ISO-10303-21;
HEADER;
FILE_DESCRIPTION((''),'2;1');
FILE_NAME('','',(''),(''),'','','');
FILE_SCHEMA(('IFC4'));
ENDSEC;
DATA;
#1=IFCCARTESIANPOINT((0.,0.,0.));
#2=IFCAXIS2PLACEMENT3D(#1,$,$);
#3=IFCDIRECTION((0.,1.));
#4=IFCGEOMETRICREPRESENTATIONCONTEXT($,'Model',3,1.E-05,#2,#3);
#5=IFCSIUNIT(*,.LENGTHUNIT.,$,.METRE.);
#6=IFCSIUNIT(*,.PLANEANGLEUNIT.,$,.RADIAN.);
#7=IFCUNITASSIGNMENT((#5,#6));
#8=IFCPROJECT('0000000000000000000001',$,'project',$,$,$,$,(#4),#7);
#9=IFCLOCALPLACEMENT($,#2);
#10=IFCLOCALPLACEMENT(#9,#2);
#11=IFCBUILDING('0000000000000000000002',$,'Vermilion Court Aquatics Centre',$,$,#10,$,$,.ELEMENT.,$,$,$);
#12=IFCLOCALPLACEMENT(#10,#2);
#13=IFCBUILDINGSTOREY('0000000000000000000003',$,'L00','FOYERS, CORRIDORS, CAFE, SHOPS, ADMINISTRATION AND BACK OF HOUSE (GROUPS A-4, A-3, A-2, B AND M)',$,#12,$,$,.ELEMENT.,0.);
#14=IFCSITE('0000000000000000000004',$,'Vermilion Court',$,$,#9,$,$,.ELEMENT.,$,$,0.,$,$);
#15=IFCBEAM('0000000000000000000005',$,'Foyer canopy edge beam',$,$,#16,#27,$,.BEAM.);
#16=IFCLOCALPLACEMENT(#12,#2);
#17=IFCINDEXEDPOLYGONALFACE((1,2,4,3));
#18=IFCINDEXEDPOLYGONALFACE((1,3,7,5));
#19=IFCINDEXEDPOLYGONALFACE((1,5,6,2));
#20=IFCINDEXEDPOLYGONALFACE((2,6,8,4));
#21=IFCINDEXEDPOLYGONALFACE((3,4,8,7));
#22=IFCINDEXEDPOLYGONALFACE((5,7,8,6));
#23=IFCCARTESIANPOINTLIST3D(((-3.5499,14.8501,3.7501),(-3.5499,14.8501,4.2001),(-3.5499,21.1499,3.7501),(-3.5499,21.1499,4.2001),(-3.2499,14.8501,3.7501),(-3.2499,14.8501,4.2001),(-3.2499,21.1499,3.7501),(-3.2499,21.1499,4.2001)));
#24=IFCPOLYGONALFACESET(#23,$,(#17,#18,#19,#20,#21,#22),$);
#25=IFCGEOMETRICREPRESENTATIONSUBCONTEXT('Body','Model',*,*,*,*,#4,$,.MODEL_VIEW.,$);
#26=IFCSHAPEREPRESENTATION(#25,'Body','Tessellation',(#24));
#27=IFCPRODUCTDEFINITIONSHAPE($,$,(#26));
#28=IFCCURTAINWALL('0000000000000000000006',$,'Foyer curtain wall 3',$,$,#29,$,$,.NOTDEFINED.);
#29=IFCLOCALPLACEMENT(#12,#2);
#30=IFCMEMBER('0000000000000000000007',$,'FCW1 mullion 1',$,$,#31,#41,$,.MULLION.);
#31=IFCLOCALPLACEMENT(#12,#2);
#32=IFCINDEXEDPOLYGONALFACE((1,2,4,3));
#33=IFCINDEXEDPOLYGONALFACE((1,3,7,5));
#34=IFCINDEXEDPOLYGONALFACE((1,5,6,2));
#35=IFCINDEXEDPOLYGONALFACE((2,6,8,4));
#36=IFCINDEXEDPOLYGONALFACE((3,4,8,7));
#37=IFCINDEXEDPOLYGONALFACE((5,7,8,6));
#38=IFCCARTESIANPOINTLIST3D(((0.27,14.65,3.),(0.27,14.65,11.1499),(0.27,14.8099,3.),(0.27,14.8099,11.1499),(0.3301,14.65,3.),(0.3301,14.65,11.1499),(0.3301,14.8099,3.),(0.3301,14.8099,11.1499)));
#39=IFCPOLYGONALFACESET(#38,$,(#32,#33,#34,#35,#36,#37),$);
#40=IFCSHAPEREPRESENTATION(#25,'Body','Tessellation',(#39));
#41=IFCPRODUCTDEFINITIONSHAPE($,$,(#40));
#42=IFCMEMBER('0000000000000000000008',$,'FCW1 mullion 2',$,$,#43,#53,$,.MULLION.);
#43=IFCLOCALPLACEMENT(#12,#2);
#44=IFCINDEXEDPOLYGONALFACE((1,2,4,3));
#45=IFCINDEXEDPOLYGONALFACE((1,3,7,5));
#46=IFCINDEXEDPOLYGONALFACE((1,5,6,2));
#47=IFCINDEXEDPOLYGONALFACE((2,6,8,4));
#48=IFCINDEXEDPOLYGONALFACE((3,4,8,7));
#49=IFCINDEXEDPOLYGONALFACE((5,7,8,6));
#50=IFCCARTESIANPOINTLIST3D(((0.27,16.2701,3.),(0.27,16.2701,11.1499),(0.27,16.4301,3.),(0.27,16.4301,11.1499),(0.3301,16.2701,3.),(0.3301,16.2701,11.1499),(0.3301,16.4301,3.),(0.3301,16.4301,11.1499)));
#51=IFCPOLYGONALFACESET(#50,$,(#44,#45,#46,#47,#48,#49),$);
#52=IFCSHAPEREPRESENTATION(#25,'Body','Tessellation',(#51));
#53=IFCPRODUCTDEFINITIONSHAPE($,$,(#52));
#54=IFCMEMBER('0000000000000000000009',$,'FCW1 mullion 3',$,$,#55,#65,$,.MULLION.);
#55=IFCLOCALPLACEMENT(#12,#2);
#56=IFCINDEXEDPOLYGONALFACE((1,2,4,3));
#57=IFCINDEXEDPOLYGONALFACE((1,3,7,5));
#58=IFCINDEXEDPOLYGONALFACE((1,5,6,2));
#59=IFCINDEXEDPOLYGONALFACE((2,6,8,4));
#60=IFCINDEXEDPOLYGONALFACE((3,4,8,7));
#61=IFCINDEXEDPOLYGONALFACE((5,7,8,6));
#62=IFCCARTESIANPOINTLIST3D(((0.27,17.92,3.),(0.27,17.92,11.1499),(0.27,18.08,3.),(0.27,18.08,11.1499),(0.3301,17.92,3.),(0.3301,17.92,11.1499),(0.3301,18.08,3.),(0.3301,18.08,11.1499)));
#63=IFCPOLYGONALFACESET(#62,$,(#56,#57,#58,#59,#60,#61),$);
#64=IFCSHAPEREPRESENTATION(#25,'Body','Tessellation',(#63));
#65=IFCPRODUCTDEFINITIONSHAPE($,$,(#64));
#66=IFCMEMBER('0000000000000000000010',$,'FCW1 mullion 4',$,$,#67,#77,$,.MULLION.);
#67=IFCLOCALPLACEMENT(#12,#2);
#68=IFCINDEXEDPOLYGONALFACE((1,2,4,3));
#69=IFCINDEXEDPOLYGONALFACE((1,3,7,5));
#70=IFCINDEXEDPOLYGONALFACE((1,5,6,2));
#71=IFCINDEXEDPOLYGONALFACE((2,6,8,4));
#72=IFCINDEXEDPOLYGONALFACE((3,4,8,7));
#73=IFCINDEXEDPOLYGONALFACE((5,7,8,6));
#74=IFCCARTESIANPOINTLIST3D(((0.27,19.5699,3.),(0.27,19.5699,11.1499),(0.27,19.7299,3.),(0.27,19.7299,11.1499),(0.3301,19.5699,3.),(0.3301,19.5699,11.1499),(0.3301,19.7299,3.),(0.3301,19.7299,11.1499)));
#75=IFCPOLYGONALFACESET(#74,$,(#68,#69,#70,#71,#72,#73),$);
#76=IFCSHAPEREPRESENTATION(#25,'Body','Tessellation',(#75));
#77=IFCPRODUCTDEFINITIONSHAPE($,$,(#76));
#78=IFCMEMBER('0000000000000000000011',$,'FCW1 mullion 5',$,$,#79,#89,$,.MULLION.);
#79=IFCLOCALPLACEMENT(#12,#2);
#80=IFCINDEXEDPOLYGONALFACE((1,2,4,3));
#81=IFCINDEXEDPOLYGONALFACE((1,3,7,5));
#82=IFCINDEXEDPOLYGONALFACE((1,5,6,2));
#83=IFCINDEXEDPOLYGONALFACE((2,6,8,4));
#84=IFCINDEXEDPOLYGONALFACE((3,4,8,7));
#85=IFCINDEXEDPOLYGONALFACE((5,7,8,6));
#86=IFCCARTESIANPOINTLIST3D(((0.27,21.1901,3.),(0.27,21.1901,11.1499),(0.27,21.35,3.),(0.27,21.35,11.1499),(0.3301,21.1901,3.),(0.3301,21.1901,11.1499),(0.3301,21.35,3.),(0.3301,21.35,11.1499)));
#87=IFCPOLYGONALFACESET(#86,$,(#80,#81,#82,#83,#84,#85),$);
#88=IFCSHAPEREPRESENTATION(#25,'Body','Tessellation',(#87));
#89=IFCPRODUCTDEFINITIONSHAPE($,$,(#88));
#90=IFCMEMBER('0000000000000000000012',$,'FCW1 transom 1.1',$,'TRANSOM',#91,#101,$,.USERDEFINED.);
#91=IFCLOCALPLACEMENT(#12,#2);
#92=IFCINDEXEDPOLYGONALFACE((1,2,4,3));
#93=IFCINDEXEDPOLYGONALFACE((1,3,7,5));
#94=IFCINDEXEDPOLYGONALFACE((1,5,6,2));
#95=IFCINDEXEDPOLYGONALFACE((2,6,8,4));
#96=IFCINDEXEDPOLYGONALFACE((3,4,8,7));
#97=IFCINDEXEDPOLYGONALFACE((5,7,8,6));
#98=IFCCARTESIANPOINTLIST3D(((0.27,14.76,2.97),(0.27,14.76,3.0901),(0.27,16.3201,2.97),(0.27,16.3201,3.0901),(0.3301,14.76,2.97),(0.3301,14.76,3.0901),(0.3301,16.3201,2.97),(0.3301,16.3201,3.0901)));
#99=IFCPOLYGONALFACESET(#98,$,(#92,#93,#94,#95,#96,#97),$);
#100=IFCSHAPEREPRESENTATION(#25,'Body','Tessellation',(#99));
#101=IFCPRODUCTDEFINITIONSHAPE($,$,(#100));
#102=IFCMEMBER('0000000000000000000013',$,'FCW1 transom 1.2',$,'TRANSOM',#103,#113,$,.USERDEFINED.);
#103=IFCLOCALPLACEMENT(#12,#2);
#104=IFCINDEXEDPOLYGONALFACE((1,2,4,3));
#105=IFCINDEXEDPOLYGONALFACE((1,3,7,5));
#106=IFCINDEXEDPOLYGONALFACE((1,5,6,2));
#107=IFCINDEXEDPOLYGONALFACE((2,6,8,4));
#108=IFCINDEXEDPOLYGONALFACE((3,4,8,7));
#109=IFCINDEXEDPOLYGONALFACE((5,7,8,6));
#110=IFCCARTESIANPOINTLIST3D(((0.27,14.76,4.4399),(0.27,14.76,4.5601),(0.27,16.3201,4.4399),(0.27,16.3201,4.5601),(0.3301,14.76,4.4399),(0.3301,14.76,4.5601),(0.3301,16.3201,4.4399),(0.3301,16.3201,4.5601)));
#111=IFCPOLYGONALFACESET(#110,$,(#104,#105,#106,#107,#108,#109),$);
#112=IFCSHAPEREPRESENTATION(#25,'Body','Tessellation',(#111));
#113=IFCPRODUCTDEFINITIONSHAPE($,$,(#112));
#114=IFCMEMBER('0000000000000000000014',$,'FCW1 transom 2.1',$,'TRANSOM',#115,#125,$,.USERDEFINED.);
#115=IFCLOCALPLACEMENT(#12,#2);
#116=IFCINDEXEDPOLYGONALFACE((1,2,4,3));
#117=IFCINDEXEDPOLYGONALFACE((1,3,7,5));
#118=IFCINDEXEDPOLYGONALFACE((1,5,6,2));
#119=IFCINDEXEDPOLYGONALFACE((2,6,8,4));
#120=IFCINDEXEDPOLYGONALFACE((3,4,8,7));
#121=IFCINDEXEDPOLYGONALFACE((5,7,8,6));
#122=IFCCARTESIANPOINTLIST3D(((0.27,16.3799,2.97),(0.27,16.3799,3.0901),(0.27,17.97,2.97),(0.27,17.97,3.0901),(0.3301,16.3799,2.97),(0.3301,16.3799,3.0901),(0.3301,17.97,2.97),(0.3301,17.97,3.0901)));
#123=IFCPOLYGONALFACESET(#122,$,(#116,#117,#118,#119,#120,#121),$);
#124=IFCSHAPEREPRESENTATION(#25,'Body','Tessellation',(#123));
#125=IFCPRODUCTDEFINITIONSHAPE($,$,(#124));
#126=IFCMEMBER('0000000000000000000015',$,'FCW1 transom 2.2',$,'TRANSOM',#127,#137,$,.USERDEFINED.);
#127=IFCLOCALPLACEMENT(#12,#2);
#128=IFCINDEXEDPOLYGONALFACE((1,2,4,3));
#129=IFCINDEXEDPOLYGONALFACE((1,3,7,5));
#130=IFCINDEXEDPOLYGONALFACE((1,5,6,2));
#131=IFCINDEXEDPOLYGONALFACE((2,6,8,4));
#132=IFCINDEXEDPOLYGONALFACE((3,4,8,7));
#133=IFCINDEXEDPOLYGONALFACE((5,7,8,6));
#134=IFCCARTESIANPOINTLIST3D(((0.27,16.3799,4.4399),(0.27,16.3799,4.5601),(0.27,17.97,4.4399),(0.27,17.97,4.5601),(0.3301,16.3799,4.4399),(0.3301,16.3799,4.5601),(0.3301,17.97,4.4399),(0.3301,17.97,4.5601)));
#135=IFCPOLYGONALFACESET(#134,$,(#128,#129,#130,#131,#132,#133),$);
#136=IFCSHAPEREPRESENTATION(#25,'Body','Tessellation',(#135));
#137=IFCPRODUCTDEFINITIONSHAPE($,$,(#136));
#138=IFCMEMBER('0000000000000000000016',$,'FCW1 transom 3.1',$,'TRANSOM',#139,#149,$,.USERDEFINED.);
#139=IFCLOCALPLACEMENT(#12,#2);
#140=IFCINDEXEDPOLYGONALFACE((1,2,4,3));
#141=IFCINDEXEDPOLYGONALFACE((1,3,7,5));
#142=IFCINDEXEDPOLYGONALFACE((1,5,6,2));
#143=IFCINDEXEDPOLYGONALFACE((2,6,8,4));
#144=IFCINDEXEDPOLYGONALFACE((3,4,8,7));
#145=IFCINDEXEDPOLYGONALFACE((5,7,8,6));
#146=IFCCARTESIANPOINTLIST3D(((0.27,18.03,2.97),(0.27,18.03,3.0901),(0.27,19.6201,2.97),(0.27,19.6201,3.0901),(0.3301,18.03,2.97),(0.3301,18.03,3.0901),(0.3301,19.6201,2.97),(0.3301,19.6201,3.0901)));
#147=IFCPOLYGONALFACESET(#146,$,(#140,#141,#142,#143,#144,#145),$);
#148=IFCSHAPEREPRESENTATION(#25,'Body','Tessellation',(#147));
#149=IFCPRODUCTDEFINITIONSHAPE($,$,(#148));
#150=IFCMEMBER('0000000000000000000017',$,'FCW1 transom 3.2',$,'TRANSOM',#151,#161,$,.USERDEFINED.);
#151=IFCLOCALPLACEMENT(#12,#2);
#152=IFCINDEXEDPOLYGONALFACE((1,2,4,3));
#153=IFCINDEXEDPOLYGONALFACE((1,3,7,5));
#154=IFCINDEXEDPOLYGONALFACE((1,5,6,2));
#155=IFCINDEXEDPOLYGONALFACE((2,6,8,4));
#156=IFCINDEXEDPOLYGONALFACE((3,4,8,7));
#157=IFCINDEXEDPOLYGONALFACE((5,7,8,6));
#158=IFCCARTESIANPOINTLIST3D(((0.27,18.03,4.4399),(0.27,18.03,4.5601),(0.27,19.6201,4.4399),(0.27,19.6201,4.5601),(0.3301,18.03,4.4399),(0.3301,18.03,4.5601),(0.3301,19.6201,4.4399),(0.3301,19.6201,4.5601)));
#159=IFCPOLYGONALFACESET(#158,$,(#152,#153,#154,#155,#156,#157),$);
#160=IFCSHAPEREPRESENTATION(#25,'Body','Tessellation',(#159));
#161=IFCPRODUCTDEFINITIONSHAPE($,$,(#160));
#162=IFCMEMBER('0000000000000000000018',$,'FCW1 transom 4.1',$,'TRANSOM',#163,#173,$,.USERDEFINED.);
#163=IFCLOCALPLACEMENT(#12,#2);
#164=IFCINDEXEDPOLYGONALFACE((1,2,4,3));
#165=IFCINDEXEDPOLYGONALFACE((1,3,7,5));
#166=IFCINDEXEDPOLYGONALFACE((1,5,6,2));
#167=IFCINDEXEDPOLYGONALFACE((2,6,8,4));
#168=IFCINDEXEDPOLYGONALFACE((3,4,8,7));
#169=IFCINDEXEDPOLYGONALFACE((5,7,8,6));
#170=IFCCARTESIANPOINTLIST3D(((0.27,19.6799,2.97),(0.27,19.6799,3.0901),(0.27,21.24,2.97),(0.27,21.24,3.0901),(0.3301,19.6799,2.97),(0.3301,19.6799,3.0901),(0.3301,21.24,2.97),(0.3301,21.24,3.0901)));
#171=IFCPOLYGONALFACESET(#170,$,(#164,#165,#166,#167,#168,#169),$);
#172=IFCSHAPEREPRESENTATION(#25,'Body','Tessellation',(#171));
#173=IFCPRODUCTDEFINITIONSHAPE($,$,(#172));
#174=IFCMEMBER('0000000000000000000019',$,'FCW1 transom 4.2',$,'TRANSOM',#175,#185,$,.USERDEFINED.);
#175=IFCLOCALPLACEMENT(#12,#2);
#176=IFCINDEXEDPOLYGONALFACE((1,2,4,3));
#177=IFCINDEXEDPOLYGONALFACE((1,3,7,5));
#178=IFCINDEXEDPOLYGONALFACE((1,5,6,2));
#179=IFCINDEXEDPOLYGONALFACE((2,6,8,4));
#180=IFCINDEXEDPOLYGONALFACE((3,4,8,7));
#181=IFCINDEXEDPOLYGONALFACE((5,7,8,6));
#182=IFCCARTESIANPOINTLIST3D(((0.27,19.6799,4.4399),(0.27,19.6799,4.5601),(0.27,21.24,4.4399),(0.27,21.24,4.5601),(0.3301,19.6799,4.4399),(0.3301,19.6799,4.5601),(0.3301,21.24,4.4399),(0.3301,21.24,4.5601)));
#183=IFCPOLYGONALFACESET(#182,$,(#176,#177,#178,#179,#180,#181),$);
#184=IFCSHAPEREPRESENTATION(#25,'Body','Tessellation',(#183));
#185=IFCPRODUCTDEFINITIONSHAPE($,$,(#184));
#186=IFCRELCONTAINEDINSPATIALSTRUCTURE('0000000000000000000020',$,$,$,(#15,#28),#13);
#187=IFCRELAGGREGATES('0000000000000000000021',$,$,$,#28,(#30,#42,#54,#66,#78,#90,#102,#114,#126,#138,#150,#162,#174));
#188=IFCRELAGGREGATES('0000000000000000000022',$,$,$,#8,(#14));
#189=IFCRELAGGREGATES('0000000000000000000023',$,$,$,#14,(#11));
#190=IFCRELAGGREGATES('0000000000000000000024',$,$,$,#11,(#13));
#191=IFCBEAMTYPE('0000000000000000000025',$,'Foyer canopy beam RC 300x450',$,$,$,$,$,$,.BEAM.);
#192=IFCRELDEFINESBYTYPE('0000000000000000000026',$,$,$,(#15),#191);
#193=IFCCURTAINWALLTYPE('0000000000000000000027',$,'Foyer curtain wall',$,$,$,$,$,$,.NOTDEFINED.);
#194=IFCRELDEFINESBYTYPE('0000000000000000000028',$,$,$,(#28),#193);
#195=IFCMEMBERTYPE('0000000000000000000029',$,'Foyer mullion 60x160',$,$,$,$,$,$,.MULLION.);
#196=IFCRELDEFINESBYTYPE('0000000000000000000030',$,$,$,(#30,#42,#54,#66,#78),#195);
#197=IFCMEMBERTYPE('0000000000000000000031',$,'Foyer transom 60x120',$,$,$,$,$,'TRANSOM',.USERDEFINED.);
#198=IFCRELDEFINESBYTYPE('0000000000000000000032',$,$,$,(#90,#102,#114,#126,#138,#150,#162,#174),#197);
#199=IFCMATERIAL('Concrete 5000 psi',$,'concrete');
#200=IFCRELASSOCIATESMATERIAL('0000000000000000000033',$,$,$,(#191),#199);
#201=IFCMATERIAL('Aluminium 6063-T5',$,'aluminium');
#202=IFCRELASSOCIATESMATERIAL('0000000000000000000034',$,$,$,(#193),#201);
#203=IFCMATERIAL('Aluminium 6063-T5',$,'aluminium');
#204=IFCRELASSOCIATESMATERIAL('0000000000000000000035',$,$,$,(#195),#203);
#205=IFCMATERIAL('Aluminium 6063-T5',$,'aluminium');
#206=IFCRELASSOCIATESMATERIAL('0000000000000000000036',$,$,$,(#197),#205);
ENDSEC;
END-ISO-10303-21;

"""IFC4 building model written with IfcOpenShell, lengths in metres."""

from ifc_helpers import new_model, si_unit, direction, frame, origin, origin_2d, place, context, subcontext, project, spatial, rectangle, extrude, material, material_profile, profile_set, type_object, element, aggregate, save


model = new_model("IFC4")

# Units and contexts
model_context = context("Model", 3, precision=1e-05, world=origin(), true_north=direction((0.0, 1.0)))
body_context = subcontext(model_context, "Body", "Model", "MODEL_VIEW")
ifc_project = project(units=[si_unit("LENGTHUNIT", "METRE"), si_unit("PLANEANGLEUNIT", "RADIAN")], contexts=[model_context])

# Site, building, storey
site_placement = place(None, origin())
site = spatial("IfcSite", under=ifc_project, at=site_placement, Name="Vermilion Court", CompositionType="ELEMENT", RefElevation=0.0)
building_placement = place(site_placement, origin())
building = spatial("IfcBuilding", under=site, at=building_placement, Name="Vermilion Court Aquatics Centre", CompositionType="ELEMENT")
storey_placement = place(building_placement, origin())
storey = spatial("IfcBuildingStorey", under=building, at=storey_placement, Name="L00", Description="FOYERS, CORRIDORS, CAFE, SHOPS, ADMINISTRATION AND BACK OF HOUSE (GROUPS A-4, A-3, A-2, B AND M)", CompositionType="ELEMENT", Elevation=0.0)

# Beam
ifc_material_1 = material(Name="Concrete 5000 psi", Category="concrete")
ifc_material_profile_1 = material_profile(ifc_material_1, rectangle(XDim=0.3, YDim=0.45, at=origin_2d()), Name="RC 300x450")
ifc_profile_set_1 = profile_set([ifc_material_profile_1], Name="Concrete 5000 psi")
beam_type = type_object("IfcBeamType", Name="Foyer canopy beam RC 300x450", PredefinedType="BEAM", material=ifc_profile_set_1)
beam_placement = place(storey_placement, frame((-3.3999, 14.8501, 3.9751), z_axis=(0.0, 1.0, 0.0), x_axis=(-1.0, 0.0, 0.0)))
element("IfcBeam", 1, at=beam_placement, inside=storey, type_object=beam_type, Name="Foyer canopy edge beam", PredefinedType="BEAM", context=body_context, shape_type="SweptSolid", body=[
    extrude(rectangle(XDim=0.3, YDim=0.45, at=origin_2d()), origin(), (0.0, 0.0, 1.0), 6.2998),
])

# Curtain wall, members
ifc_material_2 = material(Name="Aluminium 6063-T5", Category="aluminium")
curtain_wall_type = type_object("IfcCurtainWallType", Name="Foyer curtain wall", PredefinedType="NOTDEFINED", material=ifc_material_2)
curtain_wall_placement = place(storey_placement, origin())
curtain_wall = element("IfcCurtainWall", 2, at=curtain_wall_placement, inside=storey, type_object=curtain_wall_type, Name="Foyer curtain wall 3", PredefinedType="NOTDEFINED")
ifc_material_3 = material(Name="Aluminium 6063-T5", Category="aluminium")
ifc_material_profile_2 = material_profile(ifc_material_3, rectangle(XDim=0.0601, YDim=0.1599, at=origin_2d()), Name="Aluminium 60x160")
ifc_profile_set_2 = profile_set([ifc_material_profile_2], Name="Aluminium 6063-T5")
member_type_1 = type_object("IfcMemberType", Name="Foyer mullion 60x160", PredefinedType="MULLION", material=ifc_profile_set_2)
member_1_placement = place(storey_placement, frame((0.3, 14.73, 3.0), z_axis=(0.0, 0.0, 1.0), x_axis=(-1.0, 0.0, 0.0)))
member_1 = element("IfcMember", 3, at=member_1_placement, type_object=member_type_1, Name="FCW1 mullion 1", PredefinedType="MULLION", context=body_context, shape_type="SweptSolid", body=[
    extrude(rectangle(XDim=0.0601, YDim=0.1599, at=origin_2d()), origin(), (0.0, 0.0, 1.0), 8.1499),
])
member_2_placement = place(storey_placement, frame((0.3, 16.3501, 3.0), z_axis=(0.0, 0.0, 1.0), x_axis=(-1.0, 0.0, 0.0)))
member_2 = element("IfcMember", 4, at=member_2_placement, type_object=member_type_1, Name="FCW1 mullion 2", PredefinedType="MULLION", context=body_context, shape_type="SweptSolid", body=[
    extrude(rectangle(XDim=0.0601, YDim=0.1599, at=origin_2d()), origin(), (0.0, 0.0, 1.0), 8.1499),
])
member_3_placement = place(storey_placement, frame((0.3, 18.0, 3.0), z_axis=(0.0, 0.0, 1.0), x_axis=(-1.0, 0.0, 0.0)))
member_3 = element("IfcMember", 5, at=member_3_placement, type_object=member_type_1, Name="FCW1 mullion 3", PredefinedType="MULLION", context=body_context, shape_type="SweptSolid", body=[
    extrude(rectangle(XDim=0.0601, YDim=0.1599, at=origin_2d()), origin(), (0.0, 0.0, 1.0), 8.1499),
])
member_4_placement = place(storey_placement, frame((0.3, 19.6499, 3.0), z_axis=(0.0, 0.0, 1.0), x_axis=(-1.0, 0.0, 0.0)))
member_4 = element("IfcMember", 6, at=member_4_placement, type_object=member_type_1, Name="FCW1 mullion 4", PredefinedType="MULLION", context=body_context, shape_type="SweptSolid", body=[
    extrude(rectangle(XDim=0.0601, YDim=0.1599, at=origin_2d()), origin(), (0.0, 0.0, 1.0), 8.1499),
])
member_5_placement = place(storey_placement, frame((0.3, 21.27, 3.0), z_axis=(0.0, 0.0, 1.0), x_axis=(-1.0, 0.0, 0.0)))
member_5 = element("IfcMember", 7, at=member_5_placement, type_object=member_type_1, Name="FCW1 mullion 5", PredefinedType="MULLION", context=body_context, shape_type="SweptSolid", body=[
    extrude(rectangle(XDim=0.0601, YDim=0.1599, at=origin_2d()), origin(), (0.0, 0.0, 1.0), 8.1499),
])
ifc_material_4 = material(Name="Aluminium 6063-T5", Category="aluminium")
ifc_material_profile_3 = material_profile(ifc_material_4, rectangle(XDim=0.0601, YDim=0.1201, at=origin_2d()), Name="Aluminium 60x120")
ifc_profile_set_3 = profile_set([ifc_material_profile_3], Name="Aluminium 6063-T5")
member_type_2 = type_object("IfcMemberType", Name="Foyer transom 60x120", ElementType="TRANSOM", PredefinedType="USERDEFINED", material=ifc_profile_set_3)
member_6_placement = place(storey_placement, frame((0.3, 14.76, 3.03), z_axis=(0.0, 1.0, 0.0), x_axis=(-1.0, 0.0, 0.0)))
member_6 = element("IfcMember", 8, at=member_6_placement, type_object=member_type_2, Name="FCW1 transom 1.1", ObjectType="TRANSOM", PredefinedType="USERDEFINED", context=body_context, shape_type="SweptSolid", body=[
    extrude(rectangle(XDim=0.0601, YDim=0.1201, at=origin_2d()), origin(), (0.0, 0.0, 1.0), 1.5601),
])
member_7_placement = place(storey_placement, frame((0.3, 14.76, 4.5), z_axis=(0.0, 1.0, 0.0), x_axis=(-1.0, 0.0, 0.0)))
member_7 = element("IfcMember", 9, at=member_7_placement, type_object=member_type_2, Name="FCW1 transom 1.2", ObjectType="TRANSOM", PredefinedType="USERDEFINED", context=body_context, shape_type="SweptSolid", body=[
    extrude(rectangle(XDim=0.0601, YDim=0.1201, at=origin_2d()), origin(), (0.0, 0.0, 1.0), 1.5601),
])
member_8_placement = place(storey_placement, frame((0.3, 16.3799, 3.03), z_axis=(0.0, 1.0, 0.0), x_axis=(-1.0, 0.0, 0.0)))
member_8 = element("IfcMember", 10, at=member_8_placement, type_object=member_type_2, Name="FCW1 transom 2.1", ObjectType="TRANSOM", PredefinedType="USERDEFINED", context=body_context, shape_type="SweptSolid", body=[
    extrude(rectangle(XDim=0.0601, YDim=0.1201, at=origin_2d()), origin(), (0.0, 0.0, 1.0), 1.5901),
])
member_9_placement = place(storey_placement, frame((0.3, 16.3799, 4.5), z_axis=(0.0, 1.0, 0.0), x_axis=(-1.0, 0.0, 0.0)))
member_9 = element("IfcMember", 11, at=member_9_placement, type_object=member_type_2, Name="FCW1 transom 2.2", ObjectType="TRANSOM", PredefinedType="USERDEFINED", context=body_context, shape_type="SweptSolid", body=[
    extrude(rectangle(XDim=0.0601, YDim=0.1201, at=origin_2d()), origin(), (0.0, 0.0, 1.0), 1.5901),
])
member_10_placement = place(storey_placement, frame((0.3, 18.03, 3.03), z_axis=(0.0, 1.0, 0.0), x_axis=(-1.0, 0.0, 0.0)))
member_10 = element("IfcMember", 12, at=member_10_placement, type_object=member_type_2, Name="FCW1 transom 3.1", ObjectType="TRANSOM", PredefinedType="USERDEFINED", context=body_context, shape_type="SweptSolid", body=[
    extrude(rectangle(XDim=0.0601, YDim=0.1201, at=origin_2d()), origin(), (0.0, 0.0, 1.0), 1.5901),
])
member_11_placement = place(storey_placement, frame((0.3, 18.03, 4.5), z_axis=(0.0, 1.0, 0.0), x_axis=(-1.0, 0.0, 0.0)))
member_11 = element("IfcMember", 13, at=member_11_placement, type_object=member_type_2, Name="FCW1 transom 3.2", ObjectType="TRANSOM", PredefinedType="USERDEFINED", context=body_context, shape_type="SweptSolid", body=[
    extrude(rectangle(XDim=0.0601, YDim=0.1201, at=origin_2d()), origin(), (0.0, 0.0, 1.0), 1.5901),
])
member_12_placement = place(storey_placement, frame((0.3, 19.6799, 3.03), z_axis=(0.0, 1.0, 0.0), x_axis=(-1.0, 0.0, 0.0)))
member_12 = element("IfcMember", 14, at=member_12_placement, type_object=member_type_2, Name="FCW1 transom 4.1", ObjectType="TRANSOM", PredefinedType="USERDEFINED", context=body_context, shape_type="SweptSolid", body=[
    extrude(rectangle(XDim=0.0601, YDim=0.1201, at=origin_2d()), origin(), (0.0, 0.0, 1.0), 1.5601),
])
member_13_placement = place(storey_placement, frame((0.3, 19.6799, 4.5), z_axis=(0.0, 1.0, 0.0), x_axis=(-1.0, 0.0, 0.0)))
member_13 = element("IfcMember", 15, at=member_13_placement, type_object=member_type_2, Name="FCW1 transom 4.2", ObjectType="TRANSOM", PredefinedType="USERDEFINED", context=body_context, shape_type="SweptSolid", body=[
    extrude(rectangle(XDim=0.0601, YDim=0.1201, at=origin_2d()), origin(), (0.0, 0.0, 1.0), 1.5601),
])
aggregate(curtain_wall, [member_1, member_2, member_3, member_4, member_5, member_6, member_7, member_8, member_9, member_10, member_11, member_12, member_13])

save(model, "model.ifc")
